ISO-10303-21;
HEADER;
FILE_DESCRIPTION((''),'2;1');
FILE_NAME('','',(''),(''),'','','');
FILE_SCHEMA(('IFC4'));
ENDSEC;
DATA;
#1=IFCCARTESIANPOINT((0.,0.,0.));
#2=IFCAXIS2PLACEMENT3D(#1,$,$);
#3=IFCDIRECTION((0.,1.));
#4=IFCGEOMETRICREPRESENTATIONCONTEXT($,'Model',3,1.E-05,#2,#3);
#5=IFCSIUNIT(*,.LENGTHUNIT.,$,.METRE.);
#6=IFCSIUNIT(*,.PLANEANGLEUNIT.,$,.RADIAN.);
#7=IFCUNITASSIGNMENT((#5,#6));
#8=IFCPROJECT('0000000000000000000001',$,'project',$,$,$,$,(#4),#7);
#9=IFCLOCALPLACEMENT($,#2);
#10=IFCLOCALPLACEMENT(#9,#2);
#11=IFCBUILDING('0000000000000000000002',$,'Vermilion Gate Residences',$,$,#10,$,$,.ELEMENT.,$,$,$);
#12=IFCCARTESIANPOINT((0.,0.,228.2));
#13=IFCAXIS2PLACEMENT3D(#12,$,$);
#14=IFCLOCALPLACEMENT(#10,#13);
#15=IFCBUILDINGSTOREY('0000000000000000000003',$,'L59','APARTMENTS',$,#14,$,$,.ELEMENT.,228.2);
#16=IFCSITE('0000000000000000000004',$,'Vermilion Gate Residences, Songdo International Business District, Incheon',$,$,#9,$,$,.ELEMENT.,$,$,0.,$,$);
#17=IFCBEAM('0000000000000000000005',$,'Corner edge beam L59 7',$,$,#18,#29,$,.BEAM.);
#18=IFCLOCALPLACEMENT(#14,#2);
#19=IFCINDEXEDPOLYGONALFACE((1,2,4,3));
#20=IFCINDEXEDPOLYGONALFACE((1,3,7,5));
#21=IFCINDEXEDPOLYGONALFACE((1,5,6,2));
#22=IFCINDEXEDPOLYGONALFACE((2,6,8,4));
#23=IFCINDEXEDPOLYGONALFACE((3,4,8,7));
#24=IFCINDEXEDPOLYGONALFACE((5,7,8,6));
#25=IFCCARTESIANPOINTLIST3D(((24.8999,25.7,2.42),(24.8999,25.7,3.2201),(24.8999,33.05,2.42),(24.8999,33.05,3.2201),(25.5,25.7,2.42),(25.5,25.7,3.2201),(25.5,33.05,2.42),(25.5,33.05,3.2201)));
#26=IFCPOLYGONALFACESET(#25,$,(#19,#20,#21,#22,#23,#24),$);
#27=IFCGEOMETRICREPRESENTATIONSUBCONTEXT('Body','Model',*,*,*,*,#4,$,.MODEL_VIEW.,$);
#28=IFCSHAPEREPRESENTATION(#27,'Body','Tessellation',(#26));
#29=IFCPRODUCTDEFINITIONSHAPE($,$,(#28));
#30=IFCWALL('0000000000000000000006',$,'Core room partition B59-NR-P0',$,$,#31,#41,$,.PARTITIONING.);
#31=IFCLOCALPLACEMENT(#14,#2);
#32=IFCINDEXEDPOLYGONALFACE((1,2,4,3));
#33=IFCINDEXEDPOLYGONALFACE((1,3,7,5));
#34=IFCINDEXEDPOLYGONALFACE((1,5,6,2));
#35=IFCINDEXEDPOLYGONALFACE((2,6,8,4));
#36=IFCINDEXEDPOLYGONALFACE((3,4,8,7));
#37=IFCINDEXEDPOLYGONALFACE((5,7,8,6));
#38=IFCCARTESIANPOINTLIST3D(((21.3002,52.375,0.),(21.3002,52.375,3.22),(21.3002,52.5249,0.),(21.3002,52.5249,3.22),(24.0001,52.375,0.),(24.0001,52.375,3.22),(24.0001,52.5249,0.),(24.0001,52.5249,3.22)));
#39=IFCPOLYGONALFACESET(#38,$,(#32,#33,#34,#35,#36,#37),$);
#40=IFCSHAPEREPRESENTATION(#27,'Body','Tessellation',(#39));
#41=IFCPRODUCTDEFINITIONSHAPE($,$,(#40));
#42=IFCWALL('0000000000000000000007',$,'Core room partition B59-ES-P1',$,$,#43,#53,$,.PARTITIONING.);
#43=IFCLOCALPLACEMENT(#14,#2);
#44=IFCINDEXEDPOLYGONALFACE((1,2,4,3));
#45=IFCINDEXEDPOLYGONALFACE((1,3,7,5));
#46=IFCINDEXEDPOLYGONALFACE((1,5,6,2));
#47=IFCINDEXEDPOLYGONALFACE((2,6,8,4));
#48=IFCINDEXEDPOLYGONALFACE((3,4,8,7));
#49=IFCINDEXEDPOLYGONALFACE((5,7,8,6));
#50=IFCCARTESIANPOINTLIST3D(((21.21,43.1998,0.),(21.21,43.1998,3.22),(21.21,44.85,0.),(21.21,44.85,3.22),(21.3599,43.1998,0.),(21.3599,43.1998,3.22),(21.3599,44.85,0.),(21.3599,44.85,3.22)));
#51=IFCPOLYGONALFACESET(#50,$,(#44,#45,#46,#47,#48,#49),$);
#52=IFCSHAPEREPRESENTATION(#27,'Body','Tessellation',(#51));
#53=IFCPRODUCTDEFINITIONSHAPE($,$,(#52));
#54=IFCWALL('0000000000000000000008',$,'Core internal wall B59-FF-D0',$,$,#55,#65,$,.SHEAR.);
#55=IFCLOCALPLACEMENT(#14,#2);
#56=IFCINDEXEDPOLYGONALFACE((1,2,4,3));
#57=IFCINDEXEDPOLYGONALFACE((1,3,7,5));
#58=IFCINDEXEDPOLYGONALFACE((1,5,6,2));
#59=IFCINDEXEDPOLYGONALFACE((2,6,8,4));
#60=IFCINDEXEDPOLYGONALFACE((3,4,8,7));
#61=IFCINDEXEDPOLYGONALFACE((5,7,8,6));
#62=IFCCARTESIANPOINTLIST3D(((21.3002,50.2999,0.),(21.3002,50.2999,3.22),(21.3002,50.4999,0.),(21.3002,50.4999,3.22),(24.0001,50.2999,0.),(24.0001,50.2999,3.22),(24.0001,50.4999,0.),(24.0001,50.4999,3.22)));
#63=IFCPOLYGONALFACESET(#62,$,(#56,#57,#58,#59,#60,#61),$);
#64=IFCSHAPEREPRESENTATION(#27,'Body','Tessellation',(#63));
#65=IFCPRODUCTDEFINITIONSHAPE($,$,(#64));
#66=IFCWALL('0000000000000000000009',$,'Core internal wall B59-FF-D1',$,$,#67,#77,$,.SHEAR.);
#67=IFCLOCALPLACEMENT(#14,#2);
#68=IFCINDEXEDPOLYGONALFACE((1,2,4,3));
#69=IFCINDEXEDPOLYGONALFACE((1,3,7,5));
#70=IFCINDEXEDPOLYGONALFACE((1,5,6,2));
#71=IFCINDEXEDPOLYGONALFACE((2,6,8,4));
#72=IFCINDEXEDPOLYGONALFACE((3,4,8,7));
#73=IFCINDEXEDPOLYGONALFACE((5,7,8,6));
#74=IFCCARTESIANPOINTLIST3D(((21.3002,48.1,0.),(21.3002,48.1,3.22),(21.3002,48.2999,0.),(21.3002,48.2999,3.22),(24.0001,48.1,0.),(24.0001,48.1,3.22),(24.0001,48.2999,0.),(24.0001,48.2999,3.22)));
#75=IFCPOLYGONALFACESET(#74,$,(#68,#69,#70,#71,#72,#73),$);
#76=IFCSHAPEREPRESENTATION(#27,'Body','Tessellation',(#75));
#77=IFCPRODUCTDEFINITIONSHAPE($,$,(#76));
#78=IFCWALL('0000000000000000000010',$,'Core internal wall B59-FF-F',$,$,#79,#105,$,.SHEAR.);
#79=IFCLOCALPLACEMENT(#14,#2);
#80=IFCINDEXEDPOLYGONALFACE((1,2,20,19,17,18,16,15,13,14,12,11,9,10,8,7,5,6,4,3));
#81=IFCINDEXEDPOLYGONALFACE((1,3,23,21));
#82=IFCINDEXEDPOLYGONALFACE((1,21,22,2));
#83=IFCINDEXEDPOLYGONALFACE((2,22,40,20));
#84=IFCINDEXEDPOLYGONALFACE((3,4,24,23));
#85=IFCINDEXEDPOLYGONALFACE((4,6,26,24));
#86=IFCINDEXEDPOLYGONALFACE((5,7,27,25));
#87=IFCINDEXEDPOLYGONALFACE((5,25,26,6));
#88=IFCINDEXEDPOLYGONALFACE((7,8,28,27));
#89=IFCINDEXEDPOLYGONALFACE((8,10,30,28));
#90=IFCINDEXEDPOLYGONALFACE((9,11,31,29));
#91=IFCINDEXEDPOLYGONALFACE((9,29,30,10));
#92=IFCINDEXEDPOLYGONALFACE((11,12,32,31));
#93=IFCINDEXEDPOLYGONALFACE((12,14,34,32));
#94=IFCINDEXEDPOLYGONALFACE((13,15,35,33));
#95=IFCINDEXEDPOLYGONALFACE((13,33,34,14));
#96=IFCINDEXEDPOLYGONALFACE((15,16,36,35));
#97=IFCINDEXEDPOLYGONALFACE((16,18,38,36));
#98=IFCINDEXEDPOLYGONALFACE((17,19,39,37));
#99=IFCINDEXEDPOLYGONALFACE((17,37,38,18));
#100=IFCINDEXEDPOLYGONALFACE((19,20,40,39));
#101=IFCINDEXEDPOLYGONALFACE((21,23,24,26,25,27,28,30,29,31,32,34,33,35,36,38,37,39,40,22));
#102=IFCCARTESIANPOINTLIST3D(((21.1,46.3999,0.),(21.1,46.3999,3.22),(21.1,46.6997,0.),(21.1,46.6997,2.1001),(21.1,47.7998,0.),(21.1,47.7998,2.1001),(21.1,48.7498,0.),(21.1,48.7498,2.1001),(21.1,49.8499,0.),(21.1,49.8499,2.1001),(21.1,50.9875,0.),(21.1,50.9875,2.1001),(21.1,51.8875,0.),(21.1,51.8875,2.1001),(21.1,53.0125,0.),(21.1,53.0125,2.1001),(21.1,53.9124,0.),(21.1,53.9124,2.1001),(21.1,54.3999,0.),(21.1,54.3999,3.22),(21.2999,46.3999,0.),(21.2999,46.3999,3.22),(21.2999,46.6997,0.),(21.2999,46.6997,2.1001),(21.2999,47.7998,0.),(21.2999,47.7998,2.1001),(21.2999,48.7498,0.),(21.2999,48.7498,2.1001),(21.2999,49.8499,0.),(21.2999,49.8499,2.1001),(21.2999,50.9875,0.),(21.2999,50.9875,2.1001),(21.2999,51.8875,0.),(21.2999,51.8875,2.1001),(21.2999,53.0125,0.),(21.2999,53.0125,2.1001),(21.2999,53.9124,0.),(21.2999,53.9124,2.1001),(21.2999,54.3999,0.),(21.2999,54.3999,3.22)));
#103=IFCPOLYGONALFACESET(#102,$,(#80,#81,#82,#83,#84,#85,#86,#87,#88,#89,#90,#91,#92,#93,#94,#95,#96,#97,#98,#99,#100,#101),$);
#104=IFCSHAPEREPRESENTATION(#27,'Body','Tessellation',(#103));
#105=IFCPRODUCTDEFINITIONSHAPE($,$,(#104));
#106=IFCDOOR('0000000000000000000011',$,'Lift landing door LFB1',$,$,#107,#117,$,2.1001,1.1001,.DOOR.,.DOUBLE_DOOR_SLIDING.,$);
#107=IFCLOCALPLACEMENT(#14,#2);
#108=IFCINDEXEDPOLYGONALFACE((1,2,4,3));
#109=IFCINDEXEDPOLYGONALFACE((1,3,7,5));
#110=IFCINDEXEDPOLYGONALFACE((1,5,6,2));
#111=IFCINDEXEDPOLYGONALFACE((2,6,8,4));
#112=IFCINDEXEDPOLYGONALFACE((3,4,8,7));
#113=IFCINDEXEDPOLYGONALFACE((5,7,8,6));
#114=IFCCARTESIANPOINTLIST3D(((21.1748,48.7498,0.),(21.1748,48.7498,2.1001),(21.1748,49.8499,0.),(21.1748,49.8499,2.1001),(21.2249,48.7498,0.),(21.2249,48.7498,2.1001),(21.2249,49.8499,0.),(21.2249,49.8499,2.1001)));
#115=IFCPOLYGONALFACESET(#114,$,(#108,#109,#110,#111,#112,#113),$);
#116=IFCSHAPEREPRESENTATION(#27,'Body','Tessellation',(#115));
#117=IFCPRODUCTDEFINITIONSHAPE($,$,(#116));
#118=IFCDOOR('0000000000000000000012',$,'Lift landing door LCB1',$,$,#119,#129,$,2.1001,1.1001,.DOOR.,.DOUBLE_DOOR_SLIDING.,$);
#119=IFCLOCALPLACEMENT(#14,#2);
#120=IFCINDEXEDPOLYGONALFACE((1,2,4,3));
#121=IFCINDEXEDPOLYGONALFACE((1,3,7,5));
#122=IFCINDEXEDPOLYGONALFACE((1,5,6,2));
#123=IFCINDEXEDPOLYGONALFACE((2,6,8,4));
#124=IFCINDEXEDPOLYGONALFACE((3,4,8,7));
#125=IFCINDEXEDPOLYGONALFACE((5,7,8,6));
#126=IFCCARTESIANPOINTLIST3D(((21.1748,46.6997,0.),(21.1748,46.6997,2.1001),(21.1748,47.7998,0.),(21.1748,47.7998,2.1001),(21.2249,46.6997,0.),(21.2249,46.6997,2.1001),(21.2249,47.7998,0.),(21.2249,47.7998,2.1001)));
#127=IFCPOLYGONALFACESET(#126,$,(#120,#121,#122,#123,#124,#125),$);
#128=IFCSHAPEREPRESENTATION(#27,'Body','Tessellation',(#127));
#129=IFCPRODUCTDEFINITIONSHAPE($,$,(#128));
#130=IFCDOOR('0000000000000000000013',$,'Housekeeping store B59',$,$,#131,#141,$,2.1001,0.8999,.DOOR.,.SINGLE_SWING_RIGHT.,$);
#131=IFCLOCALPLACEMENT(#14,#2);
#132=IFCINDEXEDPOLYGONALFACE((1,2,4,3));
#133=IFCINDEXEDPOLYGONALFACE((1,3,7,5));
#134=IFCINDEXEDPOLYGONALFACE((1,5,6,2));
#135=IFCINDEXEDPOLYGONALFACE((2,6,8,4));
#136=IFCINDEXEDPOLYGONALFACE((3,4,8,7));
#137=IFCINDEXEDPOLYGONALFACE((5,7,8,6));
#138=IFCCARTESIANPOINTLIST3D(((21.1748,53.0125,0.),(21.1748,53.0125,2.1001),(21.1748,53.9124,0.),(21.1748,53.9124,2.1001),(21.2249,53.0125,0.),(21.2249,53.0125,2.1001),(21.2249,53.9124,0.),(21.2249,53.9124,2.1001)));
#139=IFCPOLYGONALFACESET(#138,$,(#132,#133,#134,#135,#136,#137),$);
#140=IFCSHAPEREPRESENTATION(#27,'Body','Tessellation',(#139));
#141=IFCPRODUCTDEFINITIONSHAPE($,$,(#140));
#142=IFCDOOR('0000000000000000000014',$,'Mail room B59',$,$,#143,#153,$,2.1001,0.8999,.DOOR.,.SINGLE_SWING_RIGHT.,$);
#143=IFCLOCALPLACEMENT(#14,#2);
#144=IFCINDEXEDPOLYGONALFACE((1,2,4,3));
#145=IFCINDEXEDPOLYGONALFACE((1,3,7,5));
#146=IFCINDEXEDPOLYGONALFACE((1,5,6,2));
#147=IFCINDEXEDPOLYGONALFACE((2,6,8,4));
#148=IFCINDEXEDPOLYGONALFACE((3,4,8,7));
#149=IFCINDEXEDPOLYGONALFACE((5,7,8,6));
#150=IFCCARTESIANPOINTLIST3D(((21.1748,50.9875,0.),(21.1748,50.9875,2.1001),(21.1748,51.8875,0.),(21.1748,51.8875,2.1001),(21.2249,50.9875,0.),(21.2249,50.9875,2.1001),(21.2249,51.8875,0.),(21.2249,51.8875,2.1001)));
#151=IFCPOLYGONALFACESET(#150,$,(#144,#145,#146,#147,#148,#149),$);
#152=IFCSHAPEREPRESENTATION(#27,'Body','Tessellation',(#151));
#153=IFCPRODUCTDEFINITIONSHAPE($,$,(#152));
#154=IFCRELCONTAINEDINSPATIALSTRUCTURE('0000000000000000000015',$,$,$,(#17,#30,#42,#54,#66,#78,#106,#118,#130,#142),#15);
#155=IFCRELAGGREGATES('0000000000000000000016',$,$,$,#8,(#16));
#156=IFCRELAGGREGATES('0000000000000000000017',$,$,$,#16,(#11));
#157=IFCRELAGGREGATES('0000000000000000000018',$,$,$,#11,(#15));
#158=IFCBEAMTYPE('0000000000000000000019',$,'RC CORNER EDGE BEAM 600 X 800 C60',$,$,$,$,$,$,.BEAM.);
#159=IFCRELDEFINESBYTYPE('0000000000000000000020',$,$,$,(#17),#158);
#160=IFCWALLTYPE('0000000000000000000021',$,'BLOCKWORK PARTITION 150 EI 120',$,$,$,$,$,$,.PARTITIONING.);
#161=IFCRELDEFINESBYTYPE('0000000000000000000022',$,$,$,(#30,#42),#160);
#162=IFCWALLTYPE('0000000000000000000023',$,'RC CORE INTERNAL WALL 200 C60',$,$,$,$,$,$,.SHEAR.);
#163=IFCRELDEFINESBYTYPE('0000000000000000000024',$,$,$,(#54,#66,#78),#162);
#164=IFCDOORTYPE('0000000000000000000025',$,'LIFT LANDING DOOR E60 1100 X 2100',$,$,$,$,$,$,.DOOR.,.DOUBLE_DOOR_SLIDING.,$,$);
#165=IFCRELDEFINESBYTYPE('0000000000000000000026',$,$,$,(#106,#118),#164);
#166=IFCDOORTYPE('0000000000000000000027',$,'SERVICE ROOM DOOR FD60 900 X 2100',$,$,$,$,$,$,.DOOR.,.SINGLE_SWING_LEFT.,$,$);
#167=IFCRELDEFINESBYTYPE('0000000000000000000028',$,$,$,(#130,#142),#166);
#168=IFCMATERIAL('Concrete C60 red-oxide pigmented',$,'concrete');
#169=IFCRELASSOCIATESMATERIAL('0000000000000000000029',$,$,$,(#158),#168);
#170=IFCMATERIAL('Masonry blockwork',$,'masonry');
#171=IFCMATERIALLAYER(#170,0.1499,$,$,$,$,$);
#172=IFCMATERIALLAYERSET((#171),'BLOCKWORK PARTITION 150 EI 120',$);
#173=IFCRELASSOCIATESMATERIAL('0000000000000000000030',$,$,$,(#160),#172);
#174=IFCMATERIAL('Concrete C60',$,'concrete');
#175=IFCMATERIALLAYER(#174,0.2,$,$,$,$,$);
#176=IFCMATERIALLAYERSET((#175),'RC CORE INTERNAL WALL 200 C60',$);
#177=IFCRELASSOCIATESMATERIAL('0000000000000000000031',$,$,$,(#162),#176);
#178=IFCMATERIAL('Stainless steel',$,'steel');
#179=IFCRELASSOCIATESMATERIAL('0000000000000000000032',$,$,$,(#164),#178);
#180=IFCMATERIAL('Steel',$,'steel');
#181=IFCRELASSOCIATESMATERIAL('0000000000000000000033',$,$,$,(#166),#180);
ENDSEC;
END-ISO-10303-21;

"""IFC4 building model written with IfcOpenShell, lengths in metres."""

from ifc_helpers import new_model, si_unit, direction, frame, frame_2d, origin, origin_2d, place, context, subcontext, project, spatial, rectangle, extrude, material, layer, layer_set, material_profile, profile_set, type_object, element, fill, save


model = new_model("IFC4")

# Units and contexts
model_context = context("Model", 3, precision=1e-05, world=origin(), true_north=direction((0.0, 1.0)))
body_context = subcontext(model_context, "Body", "Model", "MODEL_VIEW")
ifc_project = project(units=[si_unit("LENGTHUNIT", "METRE"), si_unit("PLANEANGLEUNIT", "RADIAN")], contexts=[model_context])

# Site, building, storey
site_placement = place(None, origin())
site = spatial("IfcSite", under=ifc_project, at=site_placement, Name="Vermilion Gate Residences, Songdo International Business District, Incheon", CompositionType="ELEMENT", RefElevation=0.0)
building_placement = place(site_placement, origin())
building = spatial("IfcBuilding", under=site, at=building_placement, Name="Vermilion Gate Residences", CompositionType="ELEMENT")
storey_placement = place(building_placement, frame((0.0, 0.0, 228.2)))
storey = spatial("IfcBuildingStorey", under=building, at=storey_placement, Name="L59", Description="APARTMENTS", CompositionType="ELEMENT", Elevation=228.2)

# Beam
ifc_material_1 = material(Name="Concrete C60 red-oxide pigmented", Category="concrete")
ifc_material_profile = material_profile(ifc_material_1, rectangle(XDim=0.6001, YDim=0.8, at=origin_2d()), Name="RC-600x800")
ifc_profile_set = profile_set([ifc_material_profile], Name="Concrete C60 red-oxide pigmented")
beam_type = type_object("IfcBeamType", Name="RC CORNER EDGE BEAM 600 X 800 C60", PredefinedType="BEAM", material=ifc_profile_set)
beam_placement = place(storey_placement, frame((25.2, 25.7, 2.8201), z_axis=(0.0, 1.0, 0.0), x_axis=(-1.0, 0.0, 0.0)))
element("IfcBeam", 1, at=beam_placement, inside=storey, type_object=beam_type, Name="Corner edge beam L59 7", PredefinedType="BEAM", context=body_context, shape_type="SweptSolid", body=[
    extrude(rectangle(XDim=0.6001, YDim=0.8, at=origin_2d()), origin(), (0.0, 0.0, 1.0), 7.3501),
])

# Walls
ifc_material_2 = material(Name="Masonry blockwork", Category="masonry")
ifc_layer_1 = layer(ifc_material_2, 0.1499)
ifc_layer_set_1 = layer_set([ifc_layer_1], Name="BLOCKWORK PARTITION 150 EI 120")
wall_type_1 = type_object("IfcWallType", Name="BLOCKWORK PARTITION 150 EI 120", PredefinedType="PARTITIONING", material=ifc_layer_set_1)
wall_1_placement = place(storey_placement, frame((21.3, 52.45, 0.0), z_axis=(0.0, 0.0, 1.0), x_axis=(1.0, 0.0, 0.0)))
element("IfcWall", 2, at=wall_1_placement, inside=storey, type_object=wall_type_1, Name="Core room partition B59-NR-P0", PredefinedType="PARTITIONING", context=body_context, shape_type="SweptSolid", body=[
    extrude(rectangle(XDim=2.7, YDim=0.1499, at=frame_2d((1.3501, 0.0))), origin(), (0.0, 0.0, 1.0), 3.22),
])
wall_2_placement = place(storey_placement, frame((21.2849, 44.8501, 0.0), z_axis=(0.0, 0.0, 1.0), x_axis=(0.0, -1.0, 0.0)))
element("IfcWall", 3, at=wall_2_placement, inside=storey, type_object=wall_type_1, Name="Core room partition B59-ES-P1", PredefinedType="PARTITIONING", context=body_context, shape_type="SweptSolid", body=[
    extrude(rectangle(XDim=1.6501, YDim=0.1499, at=frame_2d((0.8252, 0.0))), origin(), (0.0, 0.0, 1.0), 3.22),
])
ifc_material_3 = material(Name="Concrete C60", Category="concrete")
ifc_layer_2 = layer(ifc_material_3, 0.2)
ifc_layer_set_2 = layer_set([ifc_layer_2], Name="RC CORE INTERNAL WALL 200 C60")
wall_type_2 = type_object("IfcWallType", Name="RC CORE INTERNAL WALL 200 C60", PredefinedType="SHEAR", material=ifc_layer_set_2)
for number, where, z_axis, x_axis, name in (
    (4, (21.3, 50.3999, 0.0), (0.0, 0.0, 1.0), (1.0, 0.0, 0.0), "Core internal wall B59-FF-D0"),
    (5, (21.3, 48.2, 0.0), (0.0, 0.0, 1.0), (1.0, 0.0, 0.0), "Core internal wall B59-FF-D1"),
):
    element("IfcWall", number, at=place(storey_placement, frame(where, z_axis=z_axis, x_axis=x_axis)), inside=storey, type_object=wall_type_2, Name=name, PredefinedType="SHEAR", context=body_context, shape_type="SweptSolid", body=[
        extrude(rectangle(XDim=2.7, YDim=0.2, at=frame_2d((1.3501, 0.0))), origin(), (0.0, 0.0, 1.0), 3.22),
    ])

# Wall, openings, doors
wall_3_placement = place(storey_placement, frame((21.2, 54.3999, 0.0), z_axis=(0.0, 0.0, 1.0), x_axis=(0.0, -1.0, 0.0)))
wall_3 = element("IfcWall", 6, at=wall_3_placement, inside=storey, type_object=wall_type_2, Name="Core internal wall B59-FF-F", PredefinedType="SHEAR", context=body_context, shape_type="SweptSolid", body=[
    extrude(rectangle(XDim=8.0, YDim=0.2, at=frame_2d((4.0, 0.0))), origin(), (0.0, 0.0, 1.0), 3.22),
])
opening_1_placement = place(wall_3_placement, frame((0.4875, 0.0, 0.0)))
opening_1 = element("IfcOpeningElement", 7, at=opening_1_placement, cuts=wall_3, PredefinedType="OPENING", context=body_context, shape_type="SweptSolid", body=[
    extrude(rectangle(XDim=0.8999, YDim=2.1001, at=frame_2d((0.45, 1.05))), frame((0.0, 0.1099, 0.0), z_axis=(0.0, -1.0, 0.0), x_axis=(1.0, 0.0, 0.0)), (0.0, 0.0, 1.0), 0.22),
])
opening_2_placement = place(wall_3_placement, frame((2.5125, 0.0, 0.0)))
opening_2 = element("IfcOpeningElement", 8, at=opening_2_placement, cuts=wall_3, PredefinedType="OPENING", context=body_context, shape_type="SweptSolid", body=[
    extrude(rectangle(XDim=0.8999, YDim=2.1001, at=frame_2d((0.45, 1.05))), frame((0.0, 0.1099, 0.0), z_axis=(0.0, -1.0, 0.0), x_axis=(1.0, 0.0, 0.0)), (0.0, 0.0, 1.0), 0.22),
])
opening_3_placement = place(wall_3_placement, frame((4.55, 0.0, 0.0)))
opening_3 = element("IfcOpeningElement", 9, at=opening_3_placement, cuts=wall_3, PredefinedType="OPENING", context=body_context, shape_type="SweptSolid", body=[
    extrude(rectangle(XDim=1.1001, YDim=2.1001, at=frame_2d((0.55, 1.05))), frame((0.0, 0.1099, 0.0), z_axis=(0.0, -1.0, 0.0), x_axis=(1.0, 0.0, 0.0)), (0.0, 0.0, 1.0), 0.22),
])
opening_4_placement = place(wall_3_placement, frame((6.6001, 0.0, 0.0)))
opening_4 = element("IfcOpeningElement", 10, at=opening_4_placement, cuts=wall_3, PredefinedType="OPENING", context=body_context, shape_type="SweptSolid", body=[
    extrude(rectangle(XDim=1.1001, YDim=2.1001, at=frame_2d((0.55, 1.05))), frame((0.0, 0.1099, 0.0), z_axis=(0.0, -1.0, 0.0), x_axis=(1.0, 0.0, 0.0)), (0.0, 0.0, 1.0), 0.22),
])
ifc_material_4 = material(Name="Stainless steel", Category="steel")
door_type_1 = type_object("IfcDoorType", Name="LIFT LANDING DOOR E60 1100 X 2100", OperationType="DOUBLE_DOOR_SLIDING", PredefinedType="DOOR", material=ifc_material_4)
door_1_placement = place(opening_3_placement, origin())
door_1 = element("IfcDoor", 11, at=door_1_placement, inside=storey, type_object=door_type_1, Name="Lift landing door LFB1", OperationType="DOUBLE_DOOR_SLIDING", OverallHeight=2.1001, OverallWidth=1.1001, PredefinedType="DOOR", context=body_context, shape_type="SweptSolid", body=[
    extrude(rectangle(XDim=1.1001, YDim=2.1001, at=frame_2d((0.55, 1.05))), frame((0.0, 0.0249, 0.0), z_axis=(0.0, -1.0, 0.0), x_axis=(1.0, 0.0, 0.0)), (0.0, 0.0, 1.0), 0.05),
])
fill(opening_3, door_1)
door_2_placement = place(opening_4_placement, origin())
door_2 = element("IfcDoor", 12, at=door_2_placement, inside=storey, type_object=door_type_1, Name="Lift landing door LCB1", OperationType="DOUBLE_DOOR_SLIDING", OverallHeight=2.1001, OverallWidth=1.1001, PredefinedType="DOOR", context=body_context, shape_type="SweptSolid", body=[
    extrude(rectangle(XDim=1.1001, YDim=2.1001, at=frame_2d((0.55, 1.05))), frame((0.0, 0.0249, 0.0), z_axis=(0.0, -1.0, 0.0), x_axis=(1.0, 0.0, 0.0)), (0.0, 0.0, 1.0), 0.05),
])
fill(opening_4, door_2)
ifc_material_5 = material(Name="Steel", Category="steel")
door_type_2 = type_object("IfcDoorType", Name="SERVICE ROOM DOOR FD60 900 X 2100", OperationType="SINGLE_SWING_LEFT", PredefinedType="DOOR", material=ifc_material_5)
door_3_placement = place(opening_1_placement, origin())
door_3 = element("IfcDoor", 13, at=door_3_placement, inside=storey, type_object=door_type_2, Name="Housekeeping store B59", OperationType="SINGLE_SWING_RIGHT", OverallHeight=2.1001, OverallWidth=0.8999, PredefinedType="DOOR", context=body_context, shape_type="SweptSolid", body=[
    extrude(rectangle(XDim=0.8999, YDim=2.1001, at=frame_2d((0.45, 1.05))), frame((0.0, 0.0249, 0.0), z_axis=(0.0, -1.0, 0.0), x_axis=(1.0, 0.0, 0.0)), (0.0, 0.0, 1.0), 0.05),
])
fill(opening_1, door_3)
door_4_placement = place(opening_2_placement, origin())
door_4 = element("IfcDoor", 14, at=door_4_placement, inside=storey, type_object=door_type_2, Name="Mail room B59", OperationType="SINGLE_SWING_RIGHT", OverallHeight=2.1001, OverallWidth=0.8999, PredefinedType="DOOR", context=body_context, shape_type="SweptSolid", body=[
    extrude(rectangle(XDim=0.8999, YDim=2.1001, at=frame_2d((0.45, 1.05))), frame((0.0, 0.0249, 0.0), z_axis=(0.0, -1.0, 0.0), x_axis=(1.0, 0.0, 0.0)), (0.0, 0.0, 1.0), 0.05),
])
fill(opening_2, door_4)

save(model, "model.ifc")
